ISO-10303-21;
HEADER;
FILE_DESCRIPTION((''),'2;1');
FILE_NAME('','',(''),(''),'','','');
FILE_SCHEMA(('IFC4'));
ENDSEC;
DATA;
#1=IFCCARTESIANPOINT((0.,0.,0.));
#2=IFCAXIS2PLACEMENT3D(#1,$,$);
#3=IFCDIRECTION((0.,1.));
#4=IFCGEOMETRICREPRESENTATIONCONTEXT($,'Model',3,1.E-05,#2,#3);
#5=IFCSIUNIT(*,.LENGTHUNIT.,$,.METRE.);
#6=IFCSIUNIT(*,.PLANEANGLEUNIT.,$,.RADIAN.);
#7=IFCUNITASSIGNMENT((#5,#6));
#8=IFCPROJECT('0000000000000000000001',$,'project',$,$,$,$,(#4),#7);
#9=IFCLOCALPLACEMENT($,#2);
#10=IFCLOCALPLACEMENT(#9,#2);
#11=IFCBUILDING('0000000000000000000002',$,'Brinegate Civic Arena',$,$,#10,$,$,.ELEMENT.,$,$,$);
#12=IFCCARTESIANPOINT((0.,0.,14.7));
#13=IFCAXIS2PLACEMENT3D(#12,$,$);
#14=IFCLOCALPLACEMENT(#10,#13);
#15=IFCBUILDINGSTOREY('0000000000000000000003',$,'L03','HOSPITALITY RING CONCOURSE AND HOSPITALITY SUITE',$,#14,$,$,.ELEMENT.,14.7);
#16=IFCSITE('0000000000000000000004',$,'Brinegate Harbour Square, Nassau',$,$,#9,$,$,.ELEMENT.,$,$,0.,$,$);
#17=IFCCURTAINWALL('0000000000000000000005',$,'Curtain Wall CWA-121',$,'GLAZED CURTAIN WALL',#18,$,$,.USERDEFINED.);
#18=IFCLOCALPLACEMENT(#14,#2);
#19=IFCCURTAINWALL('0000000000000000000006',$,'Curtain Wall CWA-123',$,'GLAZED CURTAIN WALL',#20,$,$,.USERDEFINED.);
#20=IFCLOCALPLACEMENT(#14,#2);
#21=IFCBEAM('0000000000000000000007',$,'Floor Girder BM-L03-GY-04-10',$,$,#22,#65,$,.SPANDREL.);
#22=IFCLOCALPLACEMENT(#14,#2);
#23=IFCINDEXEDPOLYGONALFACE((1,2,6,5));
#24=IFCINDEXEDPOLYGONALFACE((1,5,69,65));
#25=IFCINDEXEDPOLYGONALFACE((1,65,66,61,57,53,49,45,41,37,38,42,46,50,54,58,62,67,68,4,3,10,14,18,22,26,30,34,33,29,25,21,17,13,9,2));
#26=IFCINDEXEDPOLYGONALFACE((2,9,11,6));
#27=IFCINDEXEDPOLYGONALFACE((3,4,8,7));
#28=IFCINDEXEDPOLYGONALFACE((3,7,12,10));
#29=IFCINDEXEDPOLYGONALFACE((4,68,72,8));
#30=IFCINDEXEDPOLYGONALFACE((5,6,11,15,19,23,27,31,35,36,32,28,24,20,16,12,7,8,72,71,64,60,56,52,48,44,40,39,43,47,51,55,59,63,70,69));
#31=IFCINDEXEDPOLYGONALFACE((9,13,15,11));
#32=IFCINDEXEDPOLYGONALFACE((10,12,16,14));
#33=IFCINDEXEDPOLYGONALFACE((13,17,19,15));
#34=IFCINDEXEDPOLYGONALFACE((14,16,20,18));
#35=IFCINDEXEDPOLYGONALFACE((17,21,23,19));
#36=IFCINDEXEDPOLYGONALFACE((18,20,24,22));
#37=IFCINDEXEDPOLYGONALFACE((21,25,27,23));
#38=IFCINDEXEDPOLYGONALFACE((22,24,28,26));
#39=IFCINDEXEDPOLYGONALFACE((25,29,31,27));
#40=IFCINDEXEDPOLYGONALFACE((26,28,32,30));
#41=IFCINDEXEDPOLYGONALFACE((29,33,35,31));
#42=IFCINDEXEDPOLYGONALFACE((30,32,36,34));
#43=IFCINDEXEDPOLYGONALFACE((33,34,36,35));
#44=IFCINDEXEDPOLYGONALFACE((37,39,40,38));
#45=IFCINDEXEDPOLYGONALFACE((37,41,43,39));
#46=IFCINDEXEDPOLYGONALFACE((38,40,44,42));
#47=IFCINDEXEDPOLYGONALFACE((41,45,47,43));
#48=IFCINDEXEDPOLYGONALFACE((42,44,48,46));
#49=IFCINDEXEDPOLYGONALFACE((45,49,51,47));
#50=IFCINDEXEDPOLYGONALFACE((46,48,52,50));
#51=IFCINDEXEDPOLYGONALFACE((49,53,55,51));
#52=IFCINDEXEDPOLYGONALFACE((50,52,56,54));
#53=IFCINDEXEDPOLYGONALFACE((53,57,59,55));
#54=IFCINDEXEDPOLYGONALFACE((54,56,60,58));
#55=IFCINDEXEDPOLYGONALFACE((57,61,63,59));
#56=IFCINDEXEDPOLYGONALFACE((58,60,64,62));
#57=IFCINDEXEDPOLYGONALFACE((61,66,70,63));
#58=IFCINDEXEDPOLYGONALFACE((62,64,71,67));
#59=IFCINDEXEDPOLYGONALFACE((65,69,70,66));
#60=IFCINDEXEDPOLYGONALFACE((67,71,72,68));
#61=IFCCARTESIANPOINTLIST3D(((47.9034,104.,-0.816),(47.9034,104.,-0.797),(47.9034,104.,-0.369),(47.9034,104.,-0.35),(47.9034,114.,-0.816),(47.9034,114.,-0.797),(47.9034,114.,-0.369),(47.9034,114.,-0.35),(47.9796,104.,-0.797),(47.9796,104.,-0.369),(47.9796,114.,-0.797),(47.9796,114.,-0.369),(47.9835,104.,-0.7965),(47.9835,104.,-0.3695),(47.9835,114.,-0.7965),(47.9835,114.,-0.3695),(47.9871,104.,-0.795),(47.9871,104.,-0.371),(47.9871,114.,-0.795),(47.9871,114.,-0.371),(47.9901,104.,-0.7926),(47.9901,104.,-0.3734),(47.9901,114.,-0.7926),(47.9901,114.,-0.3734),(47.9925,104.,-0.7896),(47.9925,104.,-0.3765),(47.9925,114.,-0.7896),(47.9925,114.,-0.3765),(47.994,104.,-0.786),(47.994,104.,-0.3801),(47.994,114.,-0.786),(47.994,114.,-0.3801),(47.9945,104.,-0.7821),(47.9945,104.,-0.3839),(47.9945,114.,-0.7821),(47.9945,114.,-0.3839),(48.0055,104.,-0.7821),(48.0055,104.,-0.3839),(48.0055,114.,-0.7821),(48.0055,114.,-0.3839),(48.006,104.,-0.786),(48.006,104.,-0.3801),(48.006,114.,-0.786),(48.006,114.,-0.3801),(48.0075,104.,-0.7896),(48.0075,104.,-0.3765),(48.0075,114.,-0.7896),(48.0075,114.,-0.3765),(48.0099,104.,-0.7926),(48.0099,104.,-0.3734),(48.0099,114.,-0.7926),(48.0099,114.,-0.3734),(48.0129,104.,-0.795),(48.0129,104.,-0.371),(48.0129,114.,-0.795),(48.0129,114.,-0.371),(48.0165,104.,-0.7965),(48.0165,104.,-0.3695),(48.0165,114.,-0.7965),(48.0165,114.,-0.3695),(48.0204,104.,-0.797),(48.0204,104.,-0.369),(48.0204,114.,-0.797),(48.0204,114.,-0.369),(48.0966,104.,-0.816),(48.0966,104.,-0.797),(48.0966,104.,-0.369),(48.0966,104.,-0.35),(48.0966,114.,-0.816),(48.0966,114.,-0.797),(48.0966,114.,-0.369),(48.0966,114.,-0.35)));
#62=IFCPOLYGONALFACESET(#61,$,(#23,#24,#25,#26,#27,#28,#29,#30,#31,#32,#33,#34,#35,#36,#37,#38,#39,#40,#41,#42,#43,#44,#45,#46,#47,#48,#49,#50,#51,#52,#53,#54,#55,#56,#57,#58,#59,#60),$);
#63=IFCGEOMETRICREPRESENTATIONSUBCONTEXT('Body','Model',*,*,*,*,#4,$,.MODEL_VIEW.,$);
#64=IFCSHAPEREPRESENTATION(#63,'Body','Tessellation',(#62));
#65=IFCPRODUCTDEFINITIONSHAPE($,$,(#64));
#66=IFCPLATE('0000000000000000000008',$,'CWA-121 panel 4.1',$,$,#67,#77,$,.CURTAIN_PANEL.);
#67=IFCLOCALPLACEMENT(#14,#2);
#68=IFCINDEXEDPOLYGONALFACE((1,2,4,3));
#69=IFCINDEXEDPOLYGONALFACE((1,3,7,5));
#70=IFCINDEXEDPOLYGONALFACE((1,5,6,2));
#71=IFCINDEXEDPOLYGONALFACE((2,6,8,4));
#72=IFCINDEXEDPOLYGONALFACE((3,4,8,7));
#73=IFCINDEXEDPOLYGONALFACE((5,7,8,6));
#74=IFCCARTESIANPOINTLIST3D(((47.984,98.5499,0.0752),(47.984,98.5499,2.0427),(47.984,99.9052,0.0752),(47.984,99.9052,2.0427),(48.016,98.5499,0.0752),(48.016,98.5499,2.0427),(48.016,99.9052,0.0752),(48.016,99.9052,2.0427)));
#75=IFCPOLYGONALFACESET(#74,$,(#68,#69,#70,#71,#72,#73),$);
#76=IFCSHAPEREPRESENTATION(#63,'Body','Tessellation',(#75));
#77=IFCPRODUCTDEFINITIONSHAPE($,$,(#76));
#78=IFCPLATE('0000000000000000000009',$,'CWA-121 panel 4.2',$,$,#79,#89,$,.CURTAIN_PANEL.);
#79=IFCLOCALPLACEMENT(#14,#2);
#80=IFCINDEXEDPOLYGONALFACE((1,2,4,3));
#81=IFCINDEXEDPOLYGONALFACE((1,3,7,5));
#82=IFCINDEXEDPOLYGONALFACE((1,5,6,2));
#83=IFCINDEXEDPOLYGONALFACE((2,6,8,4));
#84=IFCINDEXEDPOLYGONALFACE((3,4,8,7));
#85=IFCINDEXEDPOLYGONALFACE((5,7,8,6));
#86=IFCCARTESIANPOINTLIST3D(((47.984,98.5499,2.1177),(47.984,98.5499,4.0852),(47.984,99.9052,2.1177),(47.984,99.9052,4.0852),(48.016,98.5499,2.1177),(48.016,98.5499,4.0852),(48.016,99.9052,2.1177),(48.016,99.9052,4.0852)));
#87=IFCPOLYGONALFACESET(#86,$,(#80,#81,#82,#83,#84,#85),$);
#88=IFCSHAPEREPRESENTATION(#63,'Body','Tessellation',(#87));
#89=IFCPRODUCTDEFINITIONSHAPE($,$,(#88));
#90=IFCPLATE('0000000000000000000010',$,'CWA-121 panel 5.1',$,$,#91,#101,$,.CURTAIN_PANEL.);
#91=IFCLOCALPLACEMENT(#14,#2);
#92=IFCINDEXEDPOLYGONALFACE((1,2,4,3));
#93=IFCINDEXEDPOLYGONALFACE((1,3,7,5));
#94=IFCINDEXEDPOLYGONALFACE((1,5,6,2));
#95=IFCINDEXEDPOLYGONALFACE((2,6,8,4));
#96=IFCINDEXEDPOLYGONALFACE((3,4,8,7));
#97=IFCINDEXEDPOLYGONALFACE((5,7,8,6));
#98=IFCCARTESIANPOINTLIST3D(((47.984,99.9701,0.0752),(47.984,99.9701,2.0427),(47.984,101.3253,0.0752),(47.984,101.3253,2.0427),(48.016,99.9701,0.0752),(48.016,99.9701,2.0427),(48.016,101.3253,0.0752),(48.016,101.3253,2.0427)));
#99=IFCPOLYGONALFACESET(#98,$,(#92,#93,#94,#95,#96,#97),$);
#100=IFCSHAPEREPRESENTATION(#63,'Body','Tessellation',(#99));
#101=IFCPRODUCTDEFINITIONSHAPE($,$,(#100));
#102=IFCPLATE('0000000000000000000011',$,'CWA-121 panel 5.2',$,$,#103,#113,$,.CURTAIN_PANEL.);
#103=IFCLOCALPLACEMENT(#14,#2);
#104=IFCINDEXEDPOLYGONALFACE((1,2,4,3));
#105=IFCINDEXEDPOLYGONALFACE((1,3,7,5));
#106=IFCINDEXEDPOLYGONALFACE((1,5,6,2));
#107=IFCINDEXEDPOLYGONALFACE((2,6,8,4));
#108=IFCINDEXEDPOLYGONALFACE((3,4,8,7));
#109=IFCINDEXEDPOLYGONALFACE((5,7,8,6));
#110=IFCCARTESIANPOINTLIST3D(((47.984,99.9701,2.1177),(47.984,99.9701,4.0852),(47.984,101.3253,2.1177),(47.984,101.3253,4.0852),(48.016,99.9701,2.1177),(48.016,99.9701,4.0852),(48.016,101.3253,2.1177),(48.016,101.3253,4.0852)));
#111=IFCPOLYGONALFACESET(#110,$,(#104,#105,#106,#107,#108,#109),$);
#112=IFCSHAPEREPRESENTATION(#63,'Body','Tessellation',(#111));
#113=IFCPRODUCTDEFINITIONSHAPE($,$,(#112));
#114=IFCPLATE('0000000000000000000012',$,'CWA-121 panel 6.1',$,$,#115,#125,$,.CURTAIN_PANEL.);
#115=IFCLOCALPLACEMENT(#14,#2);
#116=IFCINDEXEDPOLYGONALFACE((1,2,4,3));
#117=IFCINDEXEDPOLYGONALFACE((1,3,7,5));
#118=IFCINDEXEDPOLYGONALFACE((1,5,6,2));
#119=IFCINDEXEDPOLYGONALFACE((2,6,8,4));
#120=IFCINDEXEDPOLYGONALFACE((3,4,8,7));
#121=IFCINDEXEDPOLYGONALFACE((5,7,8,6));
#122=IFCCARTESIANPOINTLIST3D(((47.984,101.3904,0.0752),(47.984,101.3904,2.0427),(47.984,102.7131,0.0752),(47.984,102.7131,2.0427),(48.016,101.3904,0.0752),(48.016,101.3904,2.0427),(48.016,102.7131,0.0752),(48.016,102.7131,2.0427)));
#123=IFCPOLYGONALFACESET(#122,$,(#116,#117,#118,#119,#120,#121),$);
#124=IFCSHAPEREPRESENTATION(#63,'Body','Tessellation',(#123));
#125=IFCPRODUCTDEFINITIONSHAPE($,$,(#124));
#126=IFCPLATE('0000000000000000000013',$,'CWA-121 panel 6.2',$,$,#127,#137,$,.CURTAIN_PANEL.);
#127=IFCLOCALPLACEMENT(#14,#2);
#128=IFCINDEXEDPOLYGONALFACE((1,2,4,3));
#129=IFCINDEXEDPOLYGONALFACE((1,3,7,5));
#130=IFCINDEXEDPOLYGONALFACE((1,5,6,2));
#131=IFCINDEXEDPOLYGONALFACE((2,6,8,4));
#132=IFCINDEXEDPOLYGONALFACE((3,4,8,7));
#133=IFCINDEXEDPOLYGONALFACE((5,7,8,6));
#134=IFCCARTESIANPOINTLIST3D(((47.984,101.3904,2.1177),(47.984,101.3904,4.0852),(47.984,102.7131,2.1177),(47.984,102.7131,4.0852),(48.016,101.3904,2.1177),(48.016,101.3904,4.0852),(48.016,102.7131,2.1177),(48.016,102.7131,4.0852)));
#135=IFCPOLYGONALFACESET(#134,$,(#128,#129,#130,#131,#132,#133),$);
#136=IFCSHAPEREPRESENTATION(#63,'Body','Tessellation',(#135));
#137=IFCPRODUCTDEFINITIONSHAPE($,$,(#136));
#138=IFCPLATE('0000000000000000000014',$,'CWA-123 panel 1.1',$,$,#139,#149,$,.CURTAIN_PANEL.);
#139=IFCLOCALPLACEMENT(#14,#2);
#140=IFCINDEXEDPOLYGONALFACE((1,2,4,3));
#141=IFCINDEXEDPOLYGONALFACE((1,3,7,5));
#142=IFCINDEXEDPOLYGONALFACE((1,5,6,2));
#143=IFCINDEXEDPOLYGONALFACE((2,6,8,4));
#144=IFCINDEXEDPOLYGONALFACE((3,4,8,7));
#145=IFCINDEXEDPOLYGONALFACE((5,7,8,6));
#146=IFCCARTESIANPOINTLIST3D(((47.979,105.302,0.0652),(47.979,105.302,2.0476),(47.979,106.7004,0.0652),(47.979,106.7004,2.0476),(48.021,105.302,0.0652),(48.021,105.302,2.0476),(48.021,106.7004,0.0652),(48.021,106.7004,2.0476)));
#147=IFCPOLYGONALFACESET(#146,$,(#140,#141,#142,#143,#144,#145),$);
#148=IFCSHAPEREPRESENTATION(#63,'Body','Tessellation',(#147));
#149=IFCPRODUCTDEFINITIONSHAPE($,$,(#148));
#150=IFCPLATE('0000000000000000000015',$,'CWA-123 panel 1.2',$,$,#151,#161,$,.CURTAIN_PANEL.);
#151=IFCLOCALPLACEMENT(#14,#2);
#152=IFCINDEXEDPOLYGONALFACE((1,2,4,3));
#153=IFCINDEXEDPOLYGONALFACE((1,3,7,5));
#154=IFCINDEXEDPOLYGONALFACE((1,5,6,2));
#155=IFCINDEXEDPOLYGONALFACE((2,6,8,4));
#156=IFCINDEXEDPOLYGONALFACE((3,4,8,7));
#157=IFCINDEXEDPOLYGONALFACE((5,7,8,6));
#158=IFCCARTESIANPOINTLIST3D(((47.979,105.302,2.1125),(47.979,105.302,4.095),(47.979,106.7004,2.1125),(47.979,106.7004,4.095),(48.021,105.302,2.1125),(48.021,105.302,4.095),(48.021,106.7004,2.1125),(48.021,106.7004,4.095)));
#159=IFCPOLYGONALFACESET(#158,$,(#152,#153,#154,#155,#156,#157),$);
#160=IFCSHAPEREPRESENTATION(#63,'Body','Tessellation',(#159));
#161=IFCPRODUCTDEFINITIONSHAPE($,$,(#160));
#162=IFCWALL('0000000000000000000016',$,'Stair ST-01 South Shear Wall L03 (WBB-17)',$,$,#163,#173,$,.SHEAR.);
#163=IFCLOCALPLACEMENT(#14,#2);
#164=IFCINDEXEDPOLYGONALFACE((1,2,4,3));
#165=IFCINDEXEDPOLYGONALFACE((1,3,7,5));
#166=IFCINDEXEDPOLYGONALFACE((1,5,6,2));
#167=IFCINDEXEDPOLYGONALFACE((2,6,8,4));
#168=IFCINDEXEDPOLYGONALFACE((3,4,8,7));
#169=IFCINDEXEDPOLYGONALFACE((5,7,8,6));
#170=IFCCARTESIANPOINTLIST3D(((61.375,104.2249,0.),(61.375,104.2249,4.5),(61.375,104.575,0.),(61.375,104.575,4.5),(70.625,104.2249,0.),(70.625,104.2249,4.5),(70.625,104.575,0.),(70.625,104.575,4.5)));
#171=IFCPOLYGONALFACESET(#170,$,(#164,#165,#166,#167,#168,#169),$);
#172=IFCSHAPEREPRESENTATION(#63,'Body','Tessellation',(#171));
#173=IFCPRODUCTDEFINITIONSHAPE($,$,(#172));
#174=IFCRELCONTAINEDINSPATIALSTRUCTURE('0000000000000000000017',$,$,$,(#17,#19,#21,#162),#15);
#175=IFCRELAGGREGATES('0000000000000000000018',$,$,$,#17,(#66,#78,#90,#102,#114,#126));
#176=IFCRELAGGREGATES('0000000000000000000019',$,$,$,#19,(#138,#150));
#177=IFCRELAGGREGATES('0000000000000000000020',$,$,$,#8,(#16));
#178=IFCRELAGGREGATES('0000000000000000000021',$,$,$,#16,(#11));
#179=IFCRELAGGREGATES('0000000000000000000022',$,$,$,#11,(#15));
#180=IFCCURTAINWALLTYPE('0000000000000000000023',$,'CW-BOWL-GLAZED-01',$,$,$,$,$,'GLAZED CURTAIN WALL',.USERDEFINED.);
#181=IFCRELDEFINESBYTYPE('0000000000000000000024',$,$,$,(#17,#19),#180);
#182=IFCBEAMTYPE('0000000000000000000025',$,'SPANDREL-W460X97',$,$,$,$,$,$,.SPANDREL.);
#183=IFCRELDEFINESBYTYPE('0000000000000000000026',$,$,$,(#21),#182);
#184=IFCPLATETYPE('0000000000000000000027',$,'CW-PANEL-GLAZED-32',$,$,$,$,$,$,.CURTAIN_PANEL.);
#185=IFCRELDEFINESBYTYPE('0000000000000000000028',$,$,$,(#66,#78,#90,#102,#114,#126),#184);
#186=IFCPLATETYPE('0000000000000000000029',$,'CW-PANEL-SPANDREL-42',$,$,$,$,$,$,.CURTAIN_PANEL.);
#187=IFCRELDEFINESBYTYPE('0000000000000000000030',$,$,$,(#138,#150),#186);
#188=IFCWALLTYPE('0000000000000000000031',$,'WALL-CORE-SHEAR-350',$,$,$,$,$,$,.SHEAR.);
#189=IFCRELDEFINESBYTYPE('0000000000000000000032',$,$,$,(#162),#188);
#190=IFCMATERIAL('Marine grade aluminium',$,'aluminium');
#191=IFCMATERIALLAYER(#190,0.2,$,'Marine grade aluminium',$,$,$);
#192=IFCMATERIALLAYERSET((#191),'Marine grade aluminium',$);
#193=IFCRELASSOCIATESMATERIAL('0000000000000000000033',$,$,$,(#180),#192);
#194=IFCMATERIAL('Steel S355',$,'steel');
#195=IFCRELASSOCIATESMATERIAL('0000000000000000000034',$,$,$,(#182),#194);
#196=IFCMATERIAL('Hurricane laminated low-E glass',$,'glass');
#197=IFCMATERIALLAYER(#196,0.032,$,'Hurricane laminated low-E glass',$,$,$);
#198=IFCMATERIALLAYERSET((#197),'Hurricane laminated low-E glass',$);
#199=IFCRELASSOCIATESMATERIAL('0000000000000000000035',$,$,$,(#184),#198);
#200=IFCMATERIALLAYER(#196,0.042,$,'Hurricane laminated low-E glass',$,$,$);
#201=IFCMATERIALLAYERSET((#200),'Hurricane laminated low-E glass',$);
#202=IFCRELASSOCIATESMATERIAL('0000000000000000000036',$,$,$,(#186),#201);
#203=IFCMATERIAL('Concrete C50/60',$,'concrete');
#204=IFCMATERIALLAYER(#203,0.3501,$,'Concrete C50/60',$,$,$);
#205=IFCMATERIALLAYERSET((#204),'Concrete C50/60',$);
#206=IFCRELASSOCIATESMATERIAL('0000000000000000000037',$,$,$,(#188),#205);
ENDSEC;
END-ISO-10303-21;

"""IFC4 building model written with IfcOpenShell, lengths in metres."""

from ifc_helpers import new_model, si_unit, direction, frame, frame_2d, origin, origin_2d, place, context, subcontext, project, spatial, rectangle, i_section, extrude, material, layer, layer_set, material_profile, profile_set, type_object, element, aggregate, save


model = new_model("IFC4")

# Units and contexts
model_context = context("Model", 3, precision=1e-05, world=origin(), true_north=direction((0.0, 1.0)))
body_context = subcontext(model_context, "Body", "Model", "MODEL_VIEW")
ifc_project = project(units=[si_unit("LENGTHUNIT", "METRE"), si_unit("PLANEANGLEUNIT", "RADIAN")], contexts=[model_context])

# Site, building, storey
site_placement = place(None, origin())
site = spatial("IfcSite", under=ifc_project, at=site_placement, Name="Brinegate Harbour Square, Nassau", CompositionType="ELEMENT", RefElevation=0.0)
building_placement = place(site_placement, origin())
building = spatial("IfcBuilding", under=site, at=building_placement, Name="Brinegate Civic Arena", CompositionType="ELEMENT")
storey_placement = place(building_placement, frame((0.0, 0.0, 14.7)))
storey = spatial("IfcBuildingStorey", under=building, at=storey_placement, Name="L03", Description="HOSPITALITY RING CONCOURSE AND HOSPITALITY SUITE", CompositionType="ELEMENT", Elevation=14.7)

# Shared definitions
ifc_material_1 = material(Name="Concrete C50/60", Category="concrete")

# Curtain walls
ifc_material_2 = material(Name="Marine grade aluminium", Category="aluminium")
ifc_layer_1 = layer(ifc_material_2, 0.2, Name="Marine grade aluminium")
ifc_layer_set_1 = layer_set([ifc_layer_1], Name="Marine grade aluminium")
curtain_wall_type = type_object("IfcCurtainWallType", Name="CW-BOWL-GLAZED-01", ElementType="GLAZED CURTAIN WALL", PredefinedType="USERDEFINED", material=ifc_layer_set_1)
curtain_wall_1_placement = place(storey_placement, origin())
curtain_wall_1 = element("IfcCurtainWall", 1, at=curtain_wall_1_placement, inside=storey, type_object=curtain_wall_type, Name="Curtain Wall CWA-121", ObjectType="GLAZED CURTAIN WALL", PredefinedType="USERDEFINED")
curtain_wall_2_placement = place(storey_placement, origin())
curtain_wall_2 = element("IfcCurtainWall", 2, at=curtain_wall_2_placement, inside=storey, type_object=curtain_wall_type, Name="Curtain Wall CWA-123", ObjectType="GLAZED CURTAIN WALL", PredefinedType="USERDEFINED")

# Beam
ifc_material_3 = material(Name="Steel S355", Category="steel")
ifc_material_profile_1 = material_profile(ifc_material_3, i_section(OverallWidth=0.1931, OverallDepth=0.4661, WebThickness=0.011, FlangeThickness=0.019, FilletRadius=0.0149, at=origin_2d()), Name="W460X97")
ifc_profile_set_1 = profile_set([ifc_material_profile_1], Name="Steel S355")
beam_type_1 = type_object("IfcBeamType", Name="SPANDREL-W460X97", PredefinedType="SPANDREL", material=ifc_profile_set_1)
beam_1_placement = place(storey_placement, frame((48.0, 104.0, -0.583), z_axis=(0.0, 1.0, 0.0), x_axis=(-1.0, 0.0, 0.0)))
element("IfcBeam", 3, at=beam_1_placement, inside=storey, type_object=beam_type_1, Name="Floor Girder BM-L03-GY-04-10", PredefinedType="SPANDREL", context=body_context, shape_type="SweptSolid", body=[
    extrude(i_section(OverallWidth=0.1931, OverallDepth=0.4661, WebThickness=0.011, FlangeThickness=0.019, FilletRadius=0.0149, at=origin_2d()), origin(), (0.0, 0.0, 1.0), 10.0),
])

# Plates
ifc_material_4 = material(Name="Hurricane laminated low-E glass", Category="glass")
ifc_layer_2 = layer(ifc_material_4, 0.032, Name="Hurricane laminated low-E glass")
ifc_layer_set_2 = layer_set([ifc_layer_2], Name="Hurricane laminated low-E glass")
plate_type_1 = type_object("IfcPlateType", Name="CW-PANEL-GLAZED-32", PredefinedType="CURTAIN_PANEL", material=ifc_layer_set_2)
plate_1_placement = place(storey_placement, frame((48.0, 99.2275, 0.0752), z_axis=(0.0, 0.0, 1.0), x_axis=(0.0, 1.0, 0.0)))
plate_1 = element("IfcPlate", 4, at=plate_1_placement, type_object=plate_type_1, Name="CWA-121 panel 4.1", PredefinedType="CURTAIN_PANEL", context=body_context, shape_type="SweptSolid", body=[
    extrude(rectangle(XDim=1.3552, YDim=0.032, at=origin_2d()), origin(), (0.0, 0.0, 1.0), 1.9675),
])
plate_2_placement = place(storey_placement, frame((48.0, 99.2275, 2.1177), z_axis=(0.0, 0.0, 1.0), x_axis=(0.0, 1.0, 0.0)))
plate_2 = element("IfcPlate", 5, at=plate_2_placement, type_object=plate_type_1, Name="CWA-121 panel 4.2", PredefinedType="CURTAIN_PANEL", context=body_context, shape_type="SweptSolid", body=[
    extrude(rectangle(XDim=1.3552, YDim=0.032, at=origin_2d()), origin(), (0.0, 0.0, 1.0), 1.9675),
])
plate_3_placement = place(storey_placement, frame((48.0, 100.6477, 0.0752), z_axis=(0.0, 0.0, 1.0), x_axis=(0.0, 1.0, 0.0)))
plate_3 = element("IfcPlate", 6, at=plate_3_placement, type_object=plate_type_1, Name="CWA-121 panel 5.1", PredefinedType="CURTAIN_PANEL", context=body_context, shape_type="SweptSolid", body=[
    extrude(rectangle(XDim=1.3552, YDim=0.032, at=origin_2d()), origin(), (0.0, 0.0, 1.0), 1.9675),
])
plate_4_placement = place(storey_placement, frame((48.0, 100.6477, 2.1177), z_axis=(0.0, 0.0, 1.0), x_axis=(0.0, 1.0, 0.0)))
plate_4 = element("IfcPlate", 7, at=plate_4_placement, type_object=plate_type_1, Name="CWA-121 panel 5.2", PredefinedType="CURTAIN_PANEL", context=body_context, shape_type="SweptSolid", body=[
    extrude(rectangle(XDim=1.3552, YDim=0.032, at=origin_2d()), origin(), (0.0, 0.0, 1.0), 1.9675),
])
plate_5_placement = place(storey_placement, frame((48.0, 102.0518, 0.0752), z_axis=(0.0, 0.0, 1.0), x_axis=(0.0, 1.0, 0.0)))
plate_5 = element("IfcPlate", 8, at=plate_5_placement, type_object=plate_type_1, Name="CWA-121 panel 6.1", PredefinedType="CURTAIN_PANEL", context=body_context, shape_type="SweptSolid", body=[
    extrude(rectangle(XDim=1.3228, YDim=0.032, at=origin_2d()), origin(), (0.0, 0.0, 1.0), 1.9675),
])
plate_6_placement = place(storey_placement, frame((48.0, 102.0518, 2.1177), z_axis=(0.0, 0.0, 1.0), x_axis=(0.0, 1.0, 0.0)))
plate_6 = element("IfcPlate", 9, at=plate_6_placement, type_object=plate_type_1, Name="CWA-121 panel 6.2", PredefinedType="CURTAIN_PANEL", context=body_context, shape_type="SweptSolid", body=[
    extrude(rectangle(XDim=1.3228, YDim=0.032, at=origin_2d()), origin(), (0.0, 0.0, 1.0), 1.9675),
])
aggregate(curtain_wall_1, [plate_1, plate_2, plate_3, plate_4, plate_5, plate_6])
ifc_layer_3 = layer(ifc_material_4, 0.042, Name="Hurricane laminated low-E glass")
ifc_layer_set_3 = layer_set([ifc_layer_3], Name="Hurricane laminated low-E glass")
plate_type_2 = type_object("IfcPlateType", Name="CW-PANEL-SPANDREL-42", PredefinedType="CURTAIN_PANEL", material=ifc_layer_set_3)
plate_7_placement = place(storey_placement, frame((48.0, 106.0012, 0.0652), z_axis=(0.0, 0.0, 1.0), x_axis=(0.0, 1.0, 0.0)))
plate_7 = element("IfcPlate", 10, at=plate_7_placement, type_object=plate_type_2, Name="CWA-123 panel 1.1", PredefinedType="CURTAIN_PANEL", context=body_context, shape_type="SweptSolid", body=[
    extrude(rectangle(XDim=1.3984, YDim=0.042, at=origin_2d()), origin(), (0.0, 0.0, 1.0), 1.9824),
])
plate_8_placement = place(storey_placement, frame((48.0, 106.0012, 2.1125), z_axis=(0.0, 0.0, 1.0), x_axis=(0.0, 1.0, 0.0)))
plate_8 = element("IfcPlate", 11, at=plate_8_placement, type_object=plate_type_2, Name="CWA-123 panel 1.2", PredefinedType="CURTAIN_PANEL", context=body_context, shape_type="SweptSolid", body=[
    extrude(rectangle(XDim=1.3984, YDim=0.042, at=origin_2d()), origin(), (0.0, 0.0, 1.0), 1.9824),
])
aggregate(curtain_wall_2, [plate_7, plate_8])

# Wall
ifc_layer_4 = layer(ifc_material_1, 0.3501, Name="Concrete C50/60")
ifc_layer_set_4 = layer_set([ifc_layer_4], Name="Concrete C50/60")
wall_type = type_object("IfcWallType", Name="WALL-CORE-SHEAR-350", PredefinedType="SHEAR", material=ifc_layer_set_4)
wall_placement = place(storey_placement, frame((61.375, 104.3999, 0.0), z_axis=(0.0, 0.0, 1.0), x_axis=(1.0, 0.0, 0.0)))
element("IfcWall", 12, at=wall_placement, inside=storey, type_object=wall_type, Name="Stair ST-01 South Shear Wall L03 (WBB-17)", PredefinedType="SHEAR", context=body_context, shape_type="SweptSolid", body=[
    extrude(rectangle(XDim=9.25, YDim=0.3501, at=frame_2d((4.625, 0.0))), origin(), (0.0, 0.0, 1.0), 4.5),
])

save(model, "model.ifc")
